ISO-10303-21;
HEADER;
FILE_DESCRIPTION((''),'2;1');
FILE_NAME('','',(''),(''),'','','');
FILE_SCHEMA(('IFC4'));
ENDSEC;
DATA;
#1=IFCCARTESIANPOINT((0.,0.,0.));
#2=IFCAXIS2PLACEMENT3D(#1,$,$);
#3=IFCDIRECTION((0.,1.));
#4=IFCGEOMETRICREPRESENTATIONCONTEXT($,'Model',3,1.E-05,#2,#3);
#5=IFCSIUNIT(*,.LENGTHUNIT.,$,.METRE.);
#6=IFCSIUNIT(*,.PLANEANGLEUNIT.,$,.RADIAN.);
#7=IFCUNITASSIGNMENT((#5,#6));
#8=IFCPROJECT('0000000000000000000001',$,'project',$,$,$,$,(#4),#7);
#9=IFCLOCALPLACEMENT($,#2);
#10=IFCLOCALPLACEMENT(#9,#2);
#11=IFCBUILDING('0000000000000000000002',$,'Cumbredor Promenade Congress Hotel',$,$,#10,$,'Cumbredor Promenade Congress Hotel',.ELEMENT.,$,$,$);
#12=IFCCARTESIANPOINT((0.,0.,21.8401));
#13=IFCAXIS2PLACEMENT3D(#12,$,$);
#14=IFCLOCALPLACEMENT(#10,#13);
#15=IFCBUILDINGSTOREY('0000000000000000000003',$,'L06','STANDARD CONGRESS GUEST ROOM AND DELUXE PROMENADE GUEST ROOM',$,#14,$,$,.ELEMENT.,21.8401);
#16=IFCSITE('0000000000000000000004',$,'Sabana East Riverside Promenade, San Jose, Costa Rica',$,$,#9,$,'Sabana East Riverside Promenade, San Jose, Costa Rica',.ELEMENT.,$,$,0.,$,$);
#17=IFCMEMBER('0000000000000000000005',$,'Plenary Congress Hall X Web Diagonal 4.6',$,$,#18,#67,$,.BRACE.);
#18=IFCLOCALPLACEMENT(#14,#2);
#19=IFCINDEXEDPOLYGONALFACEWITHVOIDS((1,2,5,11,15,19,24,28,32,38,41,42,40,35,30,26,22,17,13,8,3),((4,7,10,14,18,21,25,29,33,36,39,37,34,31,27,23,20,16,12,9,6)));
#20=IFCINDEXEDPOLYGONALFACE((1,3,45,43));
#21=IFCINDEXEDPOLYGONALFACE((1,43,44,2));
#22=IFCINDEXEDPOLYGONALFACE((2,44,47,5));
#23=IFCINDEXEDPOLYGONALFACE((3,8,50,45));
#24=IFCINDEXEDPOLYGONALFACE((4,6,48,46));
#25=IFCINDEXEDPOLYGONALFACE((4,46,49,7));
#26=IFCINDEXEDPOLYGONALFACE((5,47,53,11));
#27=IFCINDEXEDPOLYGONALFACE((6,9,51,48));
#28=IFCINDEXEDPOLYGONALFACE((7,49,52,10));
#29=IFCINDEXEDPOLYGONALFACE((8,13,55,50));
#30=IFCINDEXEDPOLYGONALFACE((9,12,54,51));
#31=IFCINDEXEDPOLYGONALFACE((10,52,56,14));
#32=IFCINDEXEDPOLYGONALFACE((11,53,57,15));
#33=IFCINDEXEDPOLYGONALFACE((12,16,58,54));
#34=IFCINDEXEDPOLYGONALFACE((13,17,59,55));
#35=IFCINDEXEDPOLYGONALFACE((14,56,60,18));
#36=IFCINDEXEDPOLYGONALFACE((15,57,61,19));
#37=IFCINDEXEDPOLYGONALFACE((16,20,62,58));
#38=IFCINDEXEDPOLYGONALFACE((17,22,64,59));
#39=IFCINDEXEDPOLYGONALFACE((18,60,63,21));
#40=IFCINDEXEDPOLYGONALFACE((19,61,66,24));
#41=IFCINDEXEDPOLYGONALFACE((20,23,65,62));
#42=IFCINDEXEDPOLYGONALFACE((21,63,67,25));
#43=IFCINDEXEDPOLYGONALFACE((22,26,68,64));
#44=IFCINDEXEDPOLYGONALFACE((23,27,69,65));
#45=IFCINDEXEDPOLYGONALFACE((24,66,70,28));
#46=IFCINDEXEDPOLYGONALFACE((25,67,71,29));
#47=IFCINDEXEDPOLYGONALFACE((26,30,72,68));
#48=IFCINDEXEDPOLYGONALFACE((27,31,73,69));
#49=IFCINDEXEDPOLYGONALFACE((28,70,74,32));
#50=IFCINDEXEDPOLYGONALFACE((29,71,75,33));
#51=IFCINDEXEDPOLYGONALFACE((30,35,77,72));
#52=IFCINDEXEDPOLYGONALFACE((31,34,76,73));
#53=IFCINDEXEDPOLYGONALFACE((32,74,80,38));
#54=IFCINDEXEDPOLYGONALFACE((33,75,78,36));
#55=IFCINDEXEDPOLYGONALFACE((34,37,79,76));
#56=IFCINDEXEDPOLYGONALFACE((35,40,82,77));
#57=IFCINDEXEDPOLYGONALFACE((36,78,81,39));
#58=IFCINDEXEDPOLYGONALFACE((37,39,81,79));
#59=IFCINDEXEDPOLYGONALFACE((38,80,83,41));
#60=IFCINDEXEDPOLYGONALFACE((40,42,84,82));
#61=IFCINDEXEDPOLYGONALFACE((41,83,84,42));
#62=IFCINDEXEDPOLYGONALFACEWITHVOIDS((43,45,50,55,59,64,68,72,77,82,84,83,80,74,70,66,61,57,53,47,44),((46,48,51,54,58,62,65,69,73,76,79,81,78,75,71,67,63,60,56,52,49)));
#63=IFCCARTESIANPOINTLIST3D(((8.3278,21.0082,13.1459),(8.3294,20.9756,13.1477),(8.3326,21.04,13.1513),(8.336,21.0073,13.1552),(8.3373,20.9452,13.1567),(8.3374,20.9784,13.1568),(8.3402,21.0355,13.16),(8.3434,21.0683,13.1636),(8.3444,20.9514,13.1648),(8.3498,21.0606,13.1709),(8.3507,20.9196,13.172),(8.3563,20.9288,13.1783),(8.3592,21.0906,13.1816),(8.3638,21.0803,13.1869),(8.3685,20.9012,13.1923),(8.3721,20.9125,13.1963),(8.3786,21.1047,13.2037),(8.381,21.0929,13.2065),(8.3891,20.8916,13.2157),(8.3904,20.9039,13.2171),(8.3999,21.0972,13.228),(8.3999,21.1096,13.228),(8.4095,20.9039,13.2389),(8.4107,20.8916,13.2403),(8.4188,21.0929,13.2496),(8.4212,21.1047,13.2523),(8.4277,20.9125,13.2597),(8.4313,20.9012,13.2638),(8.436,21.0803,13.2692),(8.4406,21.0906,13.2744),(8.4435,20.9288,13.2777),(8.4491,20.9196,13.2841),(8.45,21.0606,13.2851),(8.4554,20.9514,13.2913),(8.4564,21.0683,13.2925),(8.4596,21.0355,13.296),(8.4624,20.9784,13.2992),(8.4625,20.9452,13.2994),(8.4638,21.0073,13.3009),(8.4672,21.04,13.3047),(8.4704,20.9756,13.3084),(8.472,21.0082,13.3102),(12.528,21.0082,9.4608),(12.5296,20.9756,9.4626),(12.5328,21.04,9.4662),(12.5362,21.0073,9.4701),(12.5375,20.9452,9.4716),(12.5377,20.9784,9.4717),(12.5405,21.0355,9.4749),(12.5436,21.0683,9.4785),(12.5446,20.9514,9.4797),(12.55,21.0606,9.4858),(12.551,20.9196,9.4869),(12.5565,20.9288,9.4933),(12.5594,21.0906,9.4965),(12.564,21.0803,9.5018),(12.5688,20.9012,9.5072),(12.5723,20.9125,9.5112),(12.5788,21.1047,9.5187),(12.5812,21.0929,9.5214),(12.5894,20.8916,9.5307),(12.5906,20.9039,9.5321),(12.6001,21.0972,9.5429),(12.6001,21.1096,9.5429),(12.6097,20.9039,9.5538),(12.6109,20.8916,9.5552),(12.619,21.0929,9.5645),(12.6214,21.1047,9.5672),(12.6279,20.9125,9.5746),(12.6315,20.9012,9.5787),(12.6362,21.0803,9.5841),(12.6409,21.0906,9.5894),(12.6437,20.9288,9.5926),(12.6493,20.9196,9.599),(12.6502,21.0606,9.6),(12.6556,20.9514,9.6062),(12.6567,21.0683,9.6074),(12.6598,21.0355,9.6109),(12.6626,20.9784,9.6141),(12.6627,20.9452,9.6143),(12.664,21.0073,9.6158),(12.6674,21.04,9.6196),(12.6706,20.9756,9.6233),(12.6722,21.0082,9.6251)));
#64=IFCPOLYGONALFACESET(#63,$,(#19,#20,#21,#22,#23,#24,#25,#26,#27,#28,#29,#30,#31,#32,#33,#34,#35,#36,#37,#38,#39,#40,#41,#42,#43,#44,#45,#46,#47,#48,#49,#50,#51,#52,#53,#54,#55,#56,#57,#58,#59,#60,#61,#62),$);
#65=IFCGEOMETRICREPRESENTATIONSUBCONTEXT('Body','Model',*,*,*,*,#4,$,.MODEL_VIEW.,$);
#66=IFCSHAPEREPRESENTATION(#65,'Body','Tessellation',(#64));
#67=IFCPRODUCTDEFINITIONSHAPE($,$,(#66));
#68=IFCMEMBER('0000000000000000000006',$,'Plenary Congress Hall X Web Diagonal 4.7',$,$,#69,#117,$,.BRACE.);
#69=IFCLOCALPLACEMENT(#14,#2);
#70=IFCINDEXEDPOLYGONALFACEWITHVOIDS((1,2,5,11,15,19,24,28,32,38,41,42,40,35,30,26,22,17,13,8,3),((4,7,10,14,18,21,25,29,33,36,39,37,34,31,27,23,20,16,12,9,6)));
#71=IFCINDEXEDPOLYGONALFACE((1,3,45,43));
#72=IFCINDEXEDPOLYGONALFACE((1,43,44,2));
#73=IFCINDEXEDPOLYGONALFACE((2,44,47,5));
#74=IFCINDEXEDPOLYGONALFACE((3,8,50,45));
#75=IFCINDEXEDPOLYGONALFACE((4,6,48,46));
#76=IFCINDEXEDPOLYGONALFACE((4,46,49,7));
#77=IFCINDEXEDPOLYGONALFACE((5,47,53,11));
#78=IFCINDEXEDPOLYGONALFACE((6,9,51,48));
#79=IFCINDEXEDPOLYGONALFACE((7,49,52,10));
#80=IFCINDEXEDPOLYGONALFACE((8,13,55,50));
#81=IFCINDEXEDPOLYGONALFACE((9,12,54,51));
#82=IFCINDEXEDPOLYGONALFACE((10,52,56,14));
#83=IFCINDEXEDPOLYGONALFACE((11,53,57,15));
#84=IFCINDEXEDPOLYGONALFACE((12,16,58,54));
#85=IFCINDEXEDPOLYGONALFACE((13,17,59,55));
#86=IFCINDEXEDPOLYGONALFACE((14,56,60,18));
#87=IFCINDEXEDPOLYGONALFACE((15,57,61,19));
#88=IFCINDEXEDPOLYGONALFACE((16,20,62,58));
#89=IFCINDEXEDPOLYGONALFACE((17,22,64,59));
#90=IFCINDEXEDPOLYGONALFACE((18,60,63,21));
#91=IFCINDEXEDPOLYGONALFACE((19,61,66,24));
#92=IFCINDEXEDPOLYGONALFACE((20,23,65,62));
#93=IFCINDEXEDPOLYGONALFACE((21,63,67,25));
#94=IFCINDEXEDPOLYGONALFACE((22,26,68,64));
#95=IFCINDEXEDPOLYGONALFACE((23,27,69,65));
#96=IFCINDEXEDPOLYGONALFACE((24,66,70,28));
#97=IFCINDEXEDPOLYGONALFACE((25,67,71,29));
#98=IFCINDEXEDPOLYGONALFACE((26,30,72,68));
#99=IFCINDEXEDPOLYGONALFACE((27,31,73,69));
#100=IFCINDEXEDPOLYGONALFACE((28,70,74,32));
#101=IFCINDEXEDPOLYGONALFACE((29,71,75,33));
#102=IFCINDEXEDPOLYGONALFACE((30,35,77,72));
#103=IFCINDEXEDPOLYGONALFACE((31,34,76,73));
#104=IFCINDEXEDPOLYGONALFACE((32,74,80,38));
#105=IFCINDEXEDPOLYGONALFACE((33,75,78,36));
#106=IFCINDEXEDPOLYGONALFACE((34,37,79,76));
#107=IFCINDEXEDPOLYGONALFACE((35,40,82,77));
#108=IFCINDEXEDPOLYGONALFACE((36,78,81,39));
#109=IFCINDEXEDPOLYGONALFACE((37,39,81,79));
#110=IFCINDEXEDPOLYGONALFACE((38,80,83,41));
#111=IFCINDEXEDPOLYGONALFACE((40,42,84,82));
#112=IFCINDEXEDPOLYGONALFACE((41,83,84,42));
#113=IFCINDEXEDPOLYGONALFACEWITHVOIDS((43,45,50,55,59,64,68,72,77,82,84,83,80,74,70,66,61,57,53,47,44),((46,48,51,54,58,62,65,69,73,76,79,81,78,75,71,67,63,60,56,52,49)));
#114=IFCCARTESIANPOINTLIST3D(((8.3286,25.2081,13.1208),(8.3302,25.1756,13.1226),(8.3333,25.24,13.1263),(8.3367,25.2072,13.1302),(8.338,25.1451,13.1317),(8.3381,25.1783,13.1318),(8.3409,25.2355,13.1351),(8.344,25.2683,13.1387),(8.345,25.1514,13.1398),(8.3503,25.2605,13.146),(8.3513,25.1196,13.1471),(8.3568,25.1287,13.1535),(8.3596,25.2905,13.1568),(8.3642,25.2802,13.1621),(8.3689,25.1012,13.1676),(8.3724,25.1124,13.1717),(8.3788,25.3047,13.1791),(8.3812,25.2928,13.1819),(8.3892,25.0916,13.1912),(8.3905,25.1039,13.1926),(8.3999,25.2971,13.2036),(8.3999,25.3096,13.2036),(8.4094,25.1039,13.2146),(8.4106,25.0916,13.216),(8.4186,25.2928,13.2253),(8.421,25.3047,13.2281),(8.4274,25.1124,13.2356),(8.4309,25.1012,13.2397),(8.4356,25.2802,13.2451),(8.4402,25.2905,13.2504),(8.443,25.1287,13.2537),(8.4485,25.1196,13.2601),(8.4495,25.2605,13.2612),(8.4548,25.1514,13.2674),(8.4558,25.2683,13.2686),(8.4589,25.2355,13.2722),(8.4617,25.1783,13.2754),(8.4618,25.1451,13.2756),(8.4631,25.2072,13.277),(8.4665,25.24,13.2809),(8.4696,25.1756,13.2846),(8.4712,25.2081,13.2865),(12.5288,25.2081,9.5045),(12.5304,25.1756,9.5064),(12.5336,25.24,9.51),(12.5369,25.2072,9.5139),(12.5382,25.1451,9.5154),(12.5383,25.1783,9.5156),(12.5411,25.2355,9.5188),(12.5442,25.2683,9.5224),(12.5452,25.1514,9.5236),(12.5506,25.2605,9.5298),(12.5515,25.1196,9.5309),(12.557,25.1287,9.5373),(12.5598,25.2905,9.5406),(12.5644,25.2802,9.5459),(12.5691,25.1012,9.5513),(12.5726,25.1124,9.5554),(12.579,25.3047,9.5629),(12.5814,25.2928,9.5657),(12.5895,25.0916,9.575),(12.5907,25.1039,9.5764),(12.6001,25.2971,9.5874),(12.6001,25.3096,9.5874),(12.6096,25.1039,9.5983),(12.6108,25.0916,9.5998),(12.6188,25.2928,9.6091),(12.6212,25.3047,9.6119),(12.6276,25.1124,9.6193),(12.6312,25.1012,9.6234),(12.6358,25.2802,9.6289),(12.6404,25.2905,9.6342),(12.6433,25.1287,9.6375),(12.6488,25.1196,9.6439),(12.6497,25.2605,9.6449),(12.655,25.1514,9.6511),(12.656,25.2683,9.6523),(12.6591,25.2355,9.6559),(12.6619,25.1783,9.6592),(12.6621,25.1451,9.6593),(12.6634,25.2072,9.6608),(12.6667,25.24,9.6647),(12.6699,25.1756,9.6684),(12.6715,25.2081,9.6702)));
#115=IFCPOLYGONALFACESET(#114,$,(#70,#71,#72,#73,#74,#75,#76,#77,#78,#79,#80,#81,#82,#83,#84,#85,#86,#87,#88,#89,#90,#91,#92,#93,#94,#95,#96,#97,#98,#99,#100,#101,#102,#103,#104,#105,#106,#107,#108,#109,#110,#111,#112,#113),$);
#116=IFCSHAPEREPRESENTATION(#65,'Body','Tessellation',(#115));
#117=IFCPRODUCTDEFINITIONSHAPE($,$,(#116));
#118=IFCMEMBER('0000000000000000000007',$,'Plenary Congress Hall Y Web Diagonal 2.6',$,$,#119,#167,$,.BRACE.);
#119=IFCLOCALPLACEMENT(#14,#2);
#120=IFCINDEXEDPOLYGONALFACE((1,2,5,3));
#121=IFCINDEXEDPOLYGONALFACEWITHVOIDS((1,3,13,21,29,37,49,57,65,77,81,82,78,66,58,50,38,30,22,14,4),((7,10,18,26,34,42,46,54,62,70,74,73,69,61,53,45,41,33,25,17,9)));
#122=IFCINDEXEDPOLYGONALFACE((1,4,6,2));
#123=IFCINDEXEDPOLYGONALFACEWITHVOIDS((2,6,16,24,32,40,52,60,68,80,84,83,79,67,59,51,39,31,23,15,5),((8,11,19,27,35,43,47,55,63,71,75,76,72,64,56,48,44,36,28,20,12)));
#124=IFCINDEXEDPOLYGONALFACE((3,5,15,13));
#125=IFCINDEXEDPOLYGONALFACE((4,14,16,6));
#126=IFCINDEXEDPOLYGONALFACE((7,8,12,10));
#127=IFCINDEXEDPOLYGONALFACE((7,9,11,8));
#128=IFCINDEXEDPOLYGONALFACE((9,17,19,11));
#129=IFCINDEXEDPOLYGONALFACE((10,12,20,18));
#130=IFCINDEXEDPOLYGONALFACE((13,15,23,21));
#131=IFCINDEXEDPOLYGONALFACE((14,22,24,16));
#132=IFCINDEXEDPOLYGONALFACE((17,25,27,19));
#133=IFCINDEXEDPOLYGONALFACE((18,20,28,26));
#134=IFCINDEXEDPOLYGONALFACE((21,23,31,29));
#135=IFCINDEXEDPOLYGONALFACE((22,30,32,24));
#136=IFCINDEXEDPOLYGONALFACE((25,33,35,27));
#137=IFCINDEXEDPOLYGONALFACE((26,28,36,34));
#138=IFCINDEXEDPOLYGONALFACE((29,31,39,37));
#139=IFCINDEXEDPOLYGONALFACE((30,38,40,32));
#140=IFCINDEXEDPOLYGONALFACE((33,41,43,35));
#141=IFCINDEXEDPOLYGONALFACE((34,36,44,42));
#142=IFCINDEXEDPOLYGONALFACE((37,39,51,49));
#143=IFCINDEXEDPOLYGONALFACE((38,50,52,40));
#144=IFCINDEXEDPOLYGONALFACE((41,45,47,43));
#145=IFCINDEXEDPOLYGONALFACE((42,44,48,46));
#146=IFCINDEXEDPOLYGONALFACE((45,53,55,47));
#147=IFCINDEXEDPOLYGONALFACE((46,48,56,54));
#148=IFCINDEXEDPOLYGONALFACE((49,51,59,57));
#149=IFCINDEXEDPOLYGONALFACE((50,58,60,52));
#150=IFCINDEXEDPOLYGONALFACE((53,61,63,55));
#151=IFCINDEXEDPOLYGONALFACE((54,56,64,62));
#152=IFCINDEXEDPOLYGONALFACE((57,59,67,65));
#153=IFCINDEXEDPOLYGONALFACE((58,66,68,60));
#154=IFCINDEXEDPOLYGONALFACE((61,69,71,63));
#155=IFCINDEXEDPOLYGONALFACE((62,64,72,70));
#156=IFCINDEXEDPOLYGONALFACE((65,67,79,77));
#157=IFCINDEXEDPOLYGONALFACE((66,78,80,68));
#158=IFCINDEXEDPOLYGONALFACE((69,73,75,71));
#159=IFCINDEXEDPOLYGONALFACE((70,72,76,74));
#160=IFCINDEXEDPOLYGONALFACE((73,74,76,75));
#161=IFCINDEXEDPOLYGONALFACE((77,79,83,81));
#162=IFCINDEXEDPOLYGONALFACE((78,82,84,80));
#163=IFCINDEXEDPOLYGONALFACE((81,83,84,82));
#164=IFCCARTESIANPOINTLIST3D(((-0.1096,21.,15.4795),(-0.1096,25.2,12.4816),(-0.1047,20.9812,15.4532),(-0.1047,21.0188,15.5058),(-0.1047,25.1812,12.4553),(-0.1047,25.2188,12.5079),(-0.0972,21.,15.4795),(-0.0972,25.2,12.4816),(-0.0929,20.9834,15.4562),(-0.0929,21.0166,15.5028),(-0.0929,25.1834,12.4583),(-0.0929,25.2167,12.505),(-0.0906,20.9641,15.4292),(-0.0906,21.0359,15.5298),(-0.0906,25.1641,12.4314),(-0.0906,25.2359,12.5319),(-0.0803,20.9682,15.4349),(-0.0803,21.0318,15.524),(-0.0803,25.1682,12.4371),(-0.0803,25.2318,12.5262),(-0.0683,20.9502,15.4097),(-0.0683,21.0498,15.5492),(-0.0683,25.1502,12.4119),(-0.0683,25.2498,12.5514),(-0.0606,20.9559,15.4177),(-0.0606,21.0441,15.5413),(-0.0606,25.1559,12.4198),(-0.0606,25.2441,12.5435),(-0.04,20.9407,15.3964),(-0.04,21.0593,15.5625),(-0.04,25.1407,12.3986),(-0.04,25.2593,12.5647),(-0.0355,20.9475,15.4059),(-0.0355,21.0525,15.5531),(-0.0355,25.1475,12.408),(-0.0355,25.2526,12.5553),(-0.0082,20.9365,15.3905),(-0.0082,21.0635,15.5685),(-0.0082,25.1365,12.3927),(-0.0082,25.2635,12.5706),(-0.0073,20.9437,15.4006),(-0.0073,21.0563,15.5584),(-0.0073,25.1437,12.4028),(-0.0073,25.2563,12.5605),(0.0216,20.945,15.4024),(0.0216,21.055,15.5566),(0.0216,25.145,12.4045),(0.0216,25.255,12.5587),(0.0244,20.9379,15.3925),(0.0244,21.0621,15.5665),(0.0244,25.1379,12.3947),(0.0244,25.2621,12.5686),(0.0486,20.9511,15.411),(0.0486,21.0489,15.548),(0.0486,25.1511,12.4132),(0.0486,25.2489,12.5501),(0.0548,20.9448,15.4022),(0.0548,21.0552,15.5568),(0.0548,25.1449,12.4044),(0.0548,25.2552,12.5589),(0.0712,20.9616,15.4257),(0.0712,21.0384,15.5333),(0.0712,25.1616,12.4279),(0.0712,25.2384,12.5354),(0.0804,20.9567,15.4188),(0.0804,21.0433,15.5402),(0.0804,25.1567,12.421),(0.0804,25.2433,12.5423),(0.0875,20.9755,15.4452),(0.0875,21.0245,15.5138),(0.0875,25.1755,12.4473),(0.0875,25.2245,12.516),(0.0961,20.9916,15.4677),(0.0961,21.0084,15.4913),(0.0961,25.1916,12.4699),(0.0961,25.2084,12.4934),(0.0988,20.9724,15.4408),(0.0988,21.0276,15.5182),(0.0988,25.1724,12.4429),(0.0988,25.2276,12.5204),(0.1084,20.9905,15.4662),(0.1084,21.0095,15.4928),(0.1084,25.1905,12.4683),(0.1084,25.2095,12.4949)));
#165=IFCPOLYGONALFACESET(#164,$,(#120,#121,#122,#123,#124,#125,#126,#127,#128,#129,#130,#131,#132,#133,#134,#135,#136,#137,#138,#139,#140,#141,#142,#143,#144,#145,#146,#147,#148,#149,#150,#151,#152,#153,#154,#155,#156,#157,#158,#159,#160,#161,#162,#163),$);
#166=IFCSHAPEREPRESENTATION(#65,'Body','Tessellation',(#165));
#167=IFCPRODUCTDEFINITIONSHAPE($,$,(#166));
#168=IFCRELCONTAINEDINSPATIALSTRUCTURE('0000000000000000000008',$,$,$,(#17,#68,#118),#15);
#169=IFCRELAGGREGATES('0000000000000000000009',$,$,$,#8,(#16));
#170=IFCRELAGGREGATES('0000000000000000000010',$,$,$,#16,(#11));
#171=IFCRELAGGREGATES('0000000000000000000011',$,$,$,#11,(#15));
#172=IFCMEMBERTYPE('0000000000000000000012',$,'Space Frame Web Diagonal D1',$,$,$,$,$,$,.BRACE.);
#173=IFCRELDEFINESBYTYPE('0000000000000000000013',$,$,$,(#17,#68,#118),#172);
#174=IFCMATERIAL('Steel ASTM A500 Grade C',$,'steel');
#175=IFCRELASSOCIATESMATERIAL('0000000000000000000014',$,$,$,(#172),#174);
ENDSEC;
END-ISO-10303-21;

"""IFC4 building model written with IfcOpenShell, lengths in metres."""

from ifc_helpers import new_model, si_unit, direction, frame, origin, origin_2d, place, context, subcontext, project, spatial, hollow_circle, extrude, material, material_profile, profile_set, type_object, element, save


model = new_model("IFC4")

# Units and contexts
model_context = context("Model", 3, precision=1e-05, world=origin(), true_north=direction((0.0, 1.0)))
body_context = subcontext(model_context, "Body", "Model", "MODEL_VIEW")
ifc_project = project(units=[si_unit("LENGTHUNIT", "METRE"), si_unit("PLANEANGLEUNIT", "RADIAN")], contexts=[model_context])

# Site, building, storey
site_placement = place(None, origin())
site = spatial("IfcSite", under=ifc_project, at=site_placement, Name="Sabana East Riverside Promenade, San Jose, Costa Rica", LongName="Sabana East Riverside Promenade, San Jose, Costa Rica", CompositionType="ELEMENT", RefElevation=0.0)
building_placement = place(site_placement, origin())
building = spatial("IfcBuilding", under=site, at=building_placement, Name="Cumbredor Promenade Congress Hotel", LongName="Cumbredor Promenade Congress Hotel", CompositionType="ELEMENT")
storey_placement = place(building_placement, frame((0.0, 0.0, 21.8401)))
storey = spatial("IfcBuildingStorey", under=building, at=storey_placement, Name="L06", Description="STANDARD CONGRESS GUEST ROOM AND DELUXE PROMENADE GUEST ROOM", CompositionType="ELEMENT", Elevation=21.8401)

# Members
ifc_material_1 = material(Name="Steel ASTM A500 Grade C", Category="steel")
ifc_material_profile_1 = material_profile(ifc_material_1, hollow_circle(Radius=0.1096, WallThickness=0.0125, at=origin_2d()), Name="CHS 219.1x12.5")
ifc_profile_set_1 = profile_set([ifc_material_profile_1], Name="Steel ASTM A500 Grade C")
member_type_1 = type_object("IfcMemberType", Name="Space Frame Web Diagonal D1", PredefinedType="BRACE", material=ifc_profile_set_1)
member_1_placement = place(storey_placement, frame((8.3999, 21.0, 13.228), z_axis=(0.751699, 0.0, -0.659506), x_axis=(0.0, 1.0, 0.0)))
element("IfcMember", 1, at=member_1_placement, inside=storey, type_object=member_type_1, Name="Plenary Congress Hall X Web Diagonal 4.6", PredefinedType="BRACE", context=body_context, shape_type="SweptSolid", body=[
    extrude(hollow_circle(Radius=0.1096, WallThickness=0.0125, at=origin_2d()), origin(), (0.0, 0.0, 1.0), 5.5876),
])
member_2_placement = place(storey_placement, frame((8.3999, 25.2, 13.2036), z_axis=(0.757824, 0.0, -0.652458), x_axis=(0.0, 1.0, 0.0)))
element("IfcMember", 2, at=member_2_placement, inside=storey, type_object=member_type_1, Name="Plenary Congress Hall X Web Diagonal 4.7", PredefinedType="BRACE", context=body_context, shape_type="SweptSolid", body=[
    extrude(hollow_circle(Radius=0.1096, WallThickness=0.0125, at=origin_2d()), origin(), (0.0, 0.0, 1.0), 5.5425),
])
member_3_placement = place(storey_placement, frame((0.0, 21.0, 15.4795), z_axis=(0.0, 0.813932, -0.580961), x_axis=(-1.0, 0.0, 0.0)))
element("IfcMember", 3, at=member_3_placement, inside=storey, type_object=member_type_1, Name="Plenary Congress Hall Y Web Diagonal 2.6", PredefinedType="BRACE", context=body_context, shape_type="SweptSolid", body=[
    extrude(hollow_circle(Radius=0.1096, WallThickness=0.0125, at=origin_2d()), origin(), (0.0, 0.0, 1.0), 5.1602),
])

save(model, "model.ifc")
